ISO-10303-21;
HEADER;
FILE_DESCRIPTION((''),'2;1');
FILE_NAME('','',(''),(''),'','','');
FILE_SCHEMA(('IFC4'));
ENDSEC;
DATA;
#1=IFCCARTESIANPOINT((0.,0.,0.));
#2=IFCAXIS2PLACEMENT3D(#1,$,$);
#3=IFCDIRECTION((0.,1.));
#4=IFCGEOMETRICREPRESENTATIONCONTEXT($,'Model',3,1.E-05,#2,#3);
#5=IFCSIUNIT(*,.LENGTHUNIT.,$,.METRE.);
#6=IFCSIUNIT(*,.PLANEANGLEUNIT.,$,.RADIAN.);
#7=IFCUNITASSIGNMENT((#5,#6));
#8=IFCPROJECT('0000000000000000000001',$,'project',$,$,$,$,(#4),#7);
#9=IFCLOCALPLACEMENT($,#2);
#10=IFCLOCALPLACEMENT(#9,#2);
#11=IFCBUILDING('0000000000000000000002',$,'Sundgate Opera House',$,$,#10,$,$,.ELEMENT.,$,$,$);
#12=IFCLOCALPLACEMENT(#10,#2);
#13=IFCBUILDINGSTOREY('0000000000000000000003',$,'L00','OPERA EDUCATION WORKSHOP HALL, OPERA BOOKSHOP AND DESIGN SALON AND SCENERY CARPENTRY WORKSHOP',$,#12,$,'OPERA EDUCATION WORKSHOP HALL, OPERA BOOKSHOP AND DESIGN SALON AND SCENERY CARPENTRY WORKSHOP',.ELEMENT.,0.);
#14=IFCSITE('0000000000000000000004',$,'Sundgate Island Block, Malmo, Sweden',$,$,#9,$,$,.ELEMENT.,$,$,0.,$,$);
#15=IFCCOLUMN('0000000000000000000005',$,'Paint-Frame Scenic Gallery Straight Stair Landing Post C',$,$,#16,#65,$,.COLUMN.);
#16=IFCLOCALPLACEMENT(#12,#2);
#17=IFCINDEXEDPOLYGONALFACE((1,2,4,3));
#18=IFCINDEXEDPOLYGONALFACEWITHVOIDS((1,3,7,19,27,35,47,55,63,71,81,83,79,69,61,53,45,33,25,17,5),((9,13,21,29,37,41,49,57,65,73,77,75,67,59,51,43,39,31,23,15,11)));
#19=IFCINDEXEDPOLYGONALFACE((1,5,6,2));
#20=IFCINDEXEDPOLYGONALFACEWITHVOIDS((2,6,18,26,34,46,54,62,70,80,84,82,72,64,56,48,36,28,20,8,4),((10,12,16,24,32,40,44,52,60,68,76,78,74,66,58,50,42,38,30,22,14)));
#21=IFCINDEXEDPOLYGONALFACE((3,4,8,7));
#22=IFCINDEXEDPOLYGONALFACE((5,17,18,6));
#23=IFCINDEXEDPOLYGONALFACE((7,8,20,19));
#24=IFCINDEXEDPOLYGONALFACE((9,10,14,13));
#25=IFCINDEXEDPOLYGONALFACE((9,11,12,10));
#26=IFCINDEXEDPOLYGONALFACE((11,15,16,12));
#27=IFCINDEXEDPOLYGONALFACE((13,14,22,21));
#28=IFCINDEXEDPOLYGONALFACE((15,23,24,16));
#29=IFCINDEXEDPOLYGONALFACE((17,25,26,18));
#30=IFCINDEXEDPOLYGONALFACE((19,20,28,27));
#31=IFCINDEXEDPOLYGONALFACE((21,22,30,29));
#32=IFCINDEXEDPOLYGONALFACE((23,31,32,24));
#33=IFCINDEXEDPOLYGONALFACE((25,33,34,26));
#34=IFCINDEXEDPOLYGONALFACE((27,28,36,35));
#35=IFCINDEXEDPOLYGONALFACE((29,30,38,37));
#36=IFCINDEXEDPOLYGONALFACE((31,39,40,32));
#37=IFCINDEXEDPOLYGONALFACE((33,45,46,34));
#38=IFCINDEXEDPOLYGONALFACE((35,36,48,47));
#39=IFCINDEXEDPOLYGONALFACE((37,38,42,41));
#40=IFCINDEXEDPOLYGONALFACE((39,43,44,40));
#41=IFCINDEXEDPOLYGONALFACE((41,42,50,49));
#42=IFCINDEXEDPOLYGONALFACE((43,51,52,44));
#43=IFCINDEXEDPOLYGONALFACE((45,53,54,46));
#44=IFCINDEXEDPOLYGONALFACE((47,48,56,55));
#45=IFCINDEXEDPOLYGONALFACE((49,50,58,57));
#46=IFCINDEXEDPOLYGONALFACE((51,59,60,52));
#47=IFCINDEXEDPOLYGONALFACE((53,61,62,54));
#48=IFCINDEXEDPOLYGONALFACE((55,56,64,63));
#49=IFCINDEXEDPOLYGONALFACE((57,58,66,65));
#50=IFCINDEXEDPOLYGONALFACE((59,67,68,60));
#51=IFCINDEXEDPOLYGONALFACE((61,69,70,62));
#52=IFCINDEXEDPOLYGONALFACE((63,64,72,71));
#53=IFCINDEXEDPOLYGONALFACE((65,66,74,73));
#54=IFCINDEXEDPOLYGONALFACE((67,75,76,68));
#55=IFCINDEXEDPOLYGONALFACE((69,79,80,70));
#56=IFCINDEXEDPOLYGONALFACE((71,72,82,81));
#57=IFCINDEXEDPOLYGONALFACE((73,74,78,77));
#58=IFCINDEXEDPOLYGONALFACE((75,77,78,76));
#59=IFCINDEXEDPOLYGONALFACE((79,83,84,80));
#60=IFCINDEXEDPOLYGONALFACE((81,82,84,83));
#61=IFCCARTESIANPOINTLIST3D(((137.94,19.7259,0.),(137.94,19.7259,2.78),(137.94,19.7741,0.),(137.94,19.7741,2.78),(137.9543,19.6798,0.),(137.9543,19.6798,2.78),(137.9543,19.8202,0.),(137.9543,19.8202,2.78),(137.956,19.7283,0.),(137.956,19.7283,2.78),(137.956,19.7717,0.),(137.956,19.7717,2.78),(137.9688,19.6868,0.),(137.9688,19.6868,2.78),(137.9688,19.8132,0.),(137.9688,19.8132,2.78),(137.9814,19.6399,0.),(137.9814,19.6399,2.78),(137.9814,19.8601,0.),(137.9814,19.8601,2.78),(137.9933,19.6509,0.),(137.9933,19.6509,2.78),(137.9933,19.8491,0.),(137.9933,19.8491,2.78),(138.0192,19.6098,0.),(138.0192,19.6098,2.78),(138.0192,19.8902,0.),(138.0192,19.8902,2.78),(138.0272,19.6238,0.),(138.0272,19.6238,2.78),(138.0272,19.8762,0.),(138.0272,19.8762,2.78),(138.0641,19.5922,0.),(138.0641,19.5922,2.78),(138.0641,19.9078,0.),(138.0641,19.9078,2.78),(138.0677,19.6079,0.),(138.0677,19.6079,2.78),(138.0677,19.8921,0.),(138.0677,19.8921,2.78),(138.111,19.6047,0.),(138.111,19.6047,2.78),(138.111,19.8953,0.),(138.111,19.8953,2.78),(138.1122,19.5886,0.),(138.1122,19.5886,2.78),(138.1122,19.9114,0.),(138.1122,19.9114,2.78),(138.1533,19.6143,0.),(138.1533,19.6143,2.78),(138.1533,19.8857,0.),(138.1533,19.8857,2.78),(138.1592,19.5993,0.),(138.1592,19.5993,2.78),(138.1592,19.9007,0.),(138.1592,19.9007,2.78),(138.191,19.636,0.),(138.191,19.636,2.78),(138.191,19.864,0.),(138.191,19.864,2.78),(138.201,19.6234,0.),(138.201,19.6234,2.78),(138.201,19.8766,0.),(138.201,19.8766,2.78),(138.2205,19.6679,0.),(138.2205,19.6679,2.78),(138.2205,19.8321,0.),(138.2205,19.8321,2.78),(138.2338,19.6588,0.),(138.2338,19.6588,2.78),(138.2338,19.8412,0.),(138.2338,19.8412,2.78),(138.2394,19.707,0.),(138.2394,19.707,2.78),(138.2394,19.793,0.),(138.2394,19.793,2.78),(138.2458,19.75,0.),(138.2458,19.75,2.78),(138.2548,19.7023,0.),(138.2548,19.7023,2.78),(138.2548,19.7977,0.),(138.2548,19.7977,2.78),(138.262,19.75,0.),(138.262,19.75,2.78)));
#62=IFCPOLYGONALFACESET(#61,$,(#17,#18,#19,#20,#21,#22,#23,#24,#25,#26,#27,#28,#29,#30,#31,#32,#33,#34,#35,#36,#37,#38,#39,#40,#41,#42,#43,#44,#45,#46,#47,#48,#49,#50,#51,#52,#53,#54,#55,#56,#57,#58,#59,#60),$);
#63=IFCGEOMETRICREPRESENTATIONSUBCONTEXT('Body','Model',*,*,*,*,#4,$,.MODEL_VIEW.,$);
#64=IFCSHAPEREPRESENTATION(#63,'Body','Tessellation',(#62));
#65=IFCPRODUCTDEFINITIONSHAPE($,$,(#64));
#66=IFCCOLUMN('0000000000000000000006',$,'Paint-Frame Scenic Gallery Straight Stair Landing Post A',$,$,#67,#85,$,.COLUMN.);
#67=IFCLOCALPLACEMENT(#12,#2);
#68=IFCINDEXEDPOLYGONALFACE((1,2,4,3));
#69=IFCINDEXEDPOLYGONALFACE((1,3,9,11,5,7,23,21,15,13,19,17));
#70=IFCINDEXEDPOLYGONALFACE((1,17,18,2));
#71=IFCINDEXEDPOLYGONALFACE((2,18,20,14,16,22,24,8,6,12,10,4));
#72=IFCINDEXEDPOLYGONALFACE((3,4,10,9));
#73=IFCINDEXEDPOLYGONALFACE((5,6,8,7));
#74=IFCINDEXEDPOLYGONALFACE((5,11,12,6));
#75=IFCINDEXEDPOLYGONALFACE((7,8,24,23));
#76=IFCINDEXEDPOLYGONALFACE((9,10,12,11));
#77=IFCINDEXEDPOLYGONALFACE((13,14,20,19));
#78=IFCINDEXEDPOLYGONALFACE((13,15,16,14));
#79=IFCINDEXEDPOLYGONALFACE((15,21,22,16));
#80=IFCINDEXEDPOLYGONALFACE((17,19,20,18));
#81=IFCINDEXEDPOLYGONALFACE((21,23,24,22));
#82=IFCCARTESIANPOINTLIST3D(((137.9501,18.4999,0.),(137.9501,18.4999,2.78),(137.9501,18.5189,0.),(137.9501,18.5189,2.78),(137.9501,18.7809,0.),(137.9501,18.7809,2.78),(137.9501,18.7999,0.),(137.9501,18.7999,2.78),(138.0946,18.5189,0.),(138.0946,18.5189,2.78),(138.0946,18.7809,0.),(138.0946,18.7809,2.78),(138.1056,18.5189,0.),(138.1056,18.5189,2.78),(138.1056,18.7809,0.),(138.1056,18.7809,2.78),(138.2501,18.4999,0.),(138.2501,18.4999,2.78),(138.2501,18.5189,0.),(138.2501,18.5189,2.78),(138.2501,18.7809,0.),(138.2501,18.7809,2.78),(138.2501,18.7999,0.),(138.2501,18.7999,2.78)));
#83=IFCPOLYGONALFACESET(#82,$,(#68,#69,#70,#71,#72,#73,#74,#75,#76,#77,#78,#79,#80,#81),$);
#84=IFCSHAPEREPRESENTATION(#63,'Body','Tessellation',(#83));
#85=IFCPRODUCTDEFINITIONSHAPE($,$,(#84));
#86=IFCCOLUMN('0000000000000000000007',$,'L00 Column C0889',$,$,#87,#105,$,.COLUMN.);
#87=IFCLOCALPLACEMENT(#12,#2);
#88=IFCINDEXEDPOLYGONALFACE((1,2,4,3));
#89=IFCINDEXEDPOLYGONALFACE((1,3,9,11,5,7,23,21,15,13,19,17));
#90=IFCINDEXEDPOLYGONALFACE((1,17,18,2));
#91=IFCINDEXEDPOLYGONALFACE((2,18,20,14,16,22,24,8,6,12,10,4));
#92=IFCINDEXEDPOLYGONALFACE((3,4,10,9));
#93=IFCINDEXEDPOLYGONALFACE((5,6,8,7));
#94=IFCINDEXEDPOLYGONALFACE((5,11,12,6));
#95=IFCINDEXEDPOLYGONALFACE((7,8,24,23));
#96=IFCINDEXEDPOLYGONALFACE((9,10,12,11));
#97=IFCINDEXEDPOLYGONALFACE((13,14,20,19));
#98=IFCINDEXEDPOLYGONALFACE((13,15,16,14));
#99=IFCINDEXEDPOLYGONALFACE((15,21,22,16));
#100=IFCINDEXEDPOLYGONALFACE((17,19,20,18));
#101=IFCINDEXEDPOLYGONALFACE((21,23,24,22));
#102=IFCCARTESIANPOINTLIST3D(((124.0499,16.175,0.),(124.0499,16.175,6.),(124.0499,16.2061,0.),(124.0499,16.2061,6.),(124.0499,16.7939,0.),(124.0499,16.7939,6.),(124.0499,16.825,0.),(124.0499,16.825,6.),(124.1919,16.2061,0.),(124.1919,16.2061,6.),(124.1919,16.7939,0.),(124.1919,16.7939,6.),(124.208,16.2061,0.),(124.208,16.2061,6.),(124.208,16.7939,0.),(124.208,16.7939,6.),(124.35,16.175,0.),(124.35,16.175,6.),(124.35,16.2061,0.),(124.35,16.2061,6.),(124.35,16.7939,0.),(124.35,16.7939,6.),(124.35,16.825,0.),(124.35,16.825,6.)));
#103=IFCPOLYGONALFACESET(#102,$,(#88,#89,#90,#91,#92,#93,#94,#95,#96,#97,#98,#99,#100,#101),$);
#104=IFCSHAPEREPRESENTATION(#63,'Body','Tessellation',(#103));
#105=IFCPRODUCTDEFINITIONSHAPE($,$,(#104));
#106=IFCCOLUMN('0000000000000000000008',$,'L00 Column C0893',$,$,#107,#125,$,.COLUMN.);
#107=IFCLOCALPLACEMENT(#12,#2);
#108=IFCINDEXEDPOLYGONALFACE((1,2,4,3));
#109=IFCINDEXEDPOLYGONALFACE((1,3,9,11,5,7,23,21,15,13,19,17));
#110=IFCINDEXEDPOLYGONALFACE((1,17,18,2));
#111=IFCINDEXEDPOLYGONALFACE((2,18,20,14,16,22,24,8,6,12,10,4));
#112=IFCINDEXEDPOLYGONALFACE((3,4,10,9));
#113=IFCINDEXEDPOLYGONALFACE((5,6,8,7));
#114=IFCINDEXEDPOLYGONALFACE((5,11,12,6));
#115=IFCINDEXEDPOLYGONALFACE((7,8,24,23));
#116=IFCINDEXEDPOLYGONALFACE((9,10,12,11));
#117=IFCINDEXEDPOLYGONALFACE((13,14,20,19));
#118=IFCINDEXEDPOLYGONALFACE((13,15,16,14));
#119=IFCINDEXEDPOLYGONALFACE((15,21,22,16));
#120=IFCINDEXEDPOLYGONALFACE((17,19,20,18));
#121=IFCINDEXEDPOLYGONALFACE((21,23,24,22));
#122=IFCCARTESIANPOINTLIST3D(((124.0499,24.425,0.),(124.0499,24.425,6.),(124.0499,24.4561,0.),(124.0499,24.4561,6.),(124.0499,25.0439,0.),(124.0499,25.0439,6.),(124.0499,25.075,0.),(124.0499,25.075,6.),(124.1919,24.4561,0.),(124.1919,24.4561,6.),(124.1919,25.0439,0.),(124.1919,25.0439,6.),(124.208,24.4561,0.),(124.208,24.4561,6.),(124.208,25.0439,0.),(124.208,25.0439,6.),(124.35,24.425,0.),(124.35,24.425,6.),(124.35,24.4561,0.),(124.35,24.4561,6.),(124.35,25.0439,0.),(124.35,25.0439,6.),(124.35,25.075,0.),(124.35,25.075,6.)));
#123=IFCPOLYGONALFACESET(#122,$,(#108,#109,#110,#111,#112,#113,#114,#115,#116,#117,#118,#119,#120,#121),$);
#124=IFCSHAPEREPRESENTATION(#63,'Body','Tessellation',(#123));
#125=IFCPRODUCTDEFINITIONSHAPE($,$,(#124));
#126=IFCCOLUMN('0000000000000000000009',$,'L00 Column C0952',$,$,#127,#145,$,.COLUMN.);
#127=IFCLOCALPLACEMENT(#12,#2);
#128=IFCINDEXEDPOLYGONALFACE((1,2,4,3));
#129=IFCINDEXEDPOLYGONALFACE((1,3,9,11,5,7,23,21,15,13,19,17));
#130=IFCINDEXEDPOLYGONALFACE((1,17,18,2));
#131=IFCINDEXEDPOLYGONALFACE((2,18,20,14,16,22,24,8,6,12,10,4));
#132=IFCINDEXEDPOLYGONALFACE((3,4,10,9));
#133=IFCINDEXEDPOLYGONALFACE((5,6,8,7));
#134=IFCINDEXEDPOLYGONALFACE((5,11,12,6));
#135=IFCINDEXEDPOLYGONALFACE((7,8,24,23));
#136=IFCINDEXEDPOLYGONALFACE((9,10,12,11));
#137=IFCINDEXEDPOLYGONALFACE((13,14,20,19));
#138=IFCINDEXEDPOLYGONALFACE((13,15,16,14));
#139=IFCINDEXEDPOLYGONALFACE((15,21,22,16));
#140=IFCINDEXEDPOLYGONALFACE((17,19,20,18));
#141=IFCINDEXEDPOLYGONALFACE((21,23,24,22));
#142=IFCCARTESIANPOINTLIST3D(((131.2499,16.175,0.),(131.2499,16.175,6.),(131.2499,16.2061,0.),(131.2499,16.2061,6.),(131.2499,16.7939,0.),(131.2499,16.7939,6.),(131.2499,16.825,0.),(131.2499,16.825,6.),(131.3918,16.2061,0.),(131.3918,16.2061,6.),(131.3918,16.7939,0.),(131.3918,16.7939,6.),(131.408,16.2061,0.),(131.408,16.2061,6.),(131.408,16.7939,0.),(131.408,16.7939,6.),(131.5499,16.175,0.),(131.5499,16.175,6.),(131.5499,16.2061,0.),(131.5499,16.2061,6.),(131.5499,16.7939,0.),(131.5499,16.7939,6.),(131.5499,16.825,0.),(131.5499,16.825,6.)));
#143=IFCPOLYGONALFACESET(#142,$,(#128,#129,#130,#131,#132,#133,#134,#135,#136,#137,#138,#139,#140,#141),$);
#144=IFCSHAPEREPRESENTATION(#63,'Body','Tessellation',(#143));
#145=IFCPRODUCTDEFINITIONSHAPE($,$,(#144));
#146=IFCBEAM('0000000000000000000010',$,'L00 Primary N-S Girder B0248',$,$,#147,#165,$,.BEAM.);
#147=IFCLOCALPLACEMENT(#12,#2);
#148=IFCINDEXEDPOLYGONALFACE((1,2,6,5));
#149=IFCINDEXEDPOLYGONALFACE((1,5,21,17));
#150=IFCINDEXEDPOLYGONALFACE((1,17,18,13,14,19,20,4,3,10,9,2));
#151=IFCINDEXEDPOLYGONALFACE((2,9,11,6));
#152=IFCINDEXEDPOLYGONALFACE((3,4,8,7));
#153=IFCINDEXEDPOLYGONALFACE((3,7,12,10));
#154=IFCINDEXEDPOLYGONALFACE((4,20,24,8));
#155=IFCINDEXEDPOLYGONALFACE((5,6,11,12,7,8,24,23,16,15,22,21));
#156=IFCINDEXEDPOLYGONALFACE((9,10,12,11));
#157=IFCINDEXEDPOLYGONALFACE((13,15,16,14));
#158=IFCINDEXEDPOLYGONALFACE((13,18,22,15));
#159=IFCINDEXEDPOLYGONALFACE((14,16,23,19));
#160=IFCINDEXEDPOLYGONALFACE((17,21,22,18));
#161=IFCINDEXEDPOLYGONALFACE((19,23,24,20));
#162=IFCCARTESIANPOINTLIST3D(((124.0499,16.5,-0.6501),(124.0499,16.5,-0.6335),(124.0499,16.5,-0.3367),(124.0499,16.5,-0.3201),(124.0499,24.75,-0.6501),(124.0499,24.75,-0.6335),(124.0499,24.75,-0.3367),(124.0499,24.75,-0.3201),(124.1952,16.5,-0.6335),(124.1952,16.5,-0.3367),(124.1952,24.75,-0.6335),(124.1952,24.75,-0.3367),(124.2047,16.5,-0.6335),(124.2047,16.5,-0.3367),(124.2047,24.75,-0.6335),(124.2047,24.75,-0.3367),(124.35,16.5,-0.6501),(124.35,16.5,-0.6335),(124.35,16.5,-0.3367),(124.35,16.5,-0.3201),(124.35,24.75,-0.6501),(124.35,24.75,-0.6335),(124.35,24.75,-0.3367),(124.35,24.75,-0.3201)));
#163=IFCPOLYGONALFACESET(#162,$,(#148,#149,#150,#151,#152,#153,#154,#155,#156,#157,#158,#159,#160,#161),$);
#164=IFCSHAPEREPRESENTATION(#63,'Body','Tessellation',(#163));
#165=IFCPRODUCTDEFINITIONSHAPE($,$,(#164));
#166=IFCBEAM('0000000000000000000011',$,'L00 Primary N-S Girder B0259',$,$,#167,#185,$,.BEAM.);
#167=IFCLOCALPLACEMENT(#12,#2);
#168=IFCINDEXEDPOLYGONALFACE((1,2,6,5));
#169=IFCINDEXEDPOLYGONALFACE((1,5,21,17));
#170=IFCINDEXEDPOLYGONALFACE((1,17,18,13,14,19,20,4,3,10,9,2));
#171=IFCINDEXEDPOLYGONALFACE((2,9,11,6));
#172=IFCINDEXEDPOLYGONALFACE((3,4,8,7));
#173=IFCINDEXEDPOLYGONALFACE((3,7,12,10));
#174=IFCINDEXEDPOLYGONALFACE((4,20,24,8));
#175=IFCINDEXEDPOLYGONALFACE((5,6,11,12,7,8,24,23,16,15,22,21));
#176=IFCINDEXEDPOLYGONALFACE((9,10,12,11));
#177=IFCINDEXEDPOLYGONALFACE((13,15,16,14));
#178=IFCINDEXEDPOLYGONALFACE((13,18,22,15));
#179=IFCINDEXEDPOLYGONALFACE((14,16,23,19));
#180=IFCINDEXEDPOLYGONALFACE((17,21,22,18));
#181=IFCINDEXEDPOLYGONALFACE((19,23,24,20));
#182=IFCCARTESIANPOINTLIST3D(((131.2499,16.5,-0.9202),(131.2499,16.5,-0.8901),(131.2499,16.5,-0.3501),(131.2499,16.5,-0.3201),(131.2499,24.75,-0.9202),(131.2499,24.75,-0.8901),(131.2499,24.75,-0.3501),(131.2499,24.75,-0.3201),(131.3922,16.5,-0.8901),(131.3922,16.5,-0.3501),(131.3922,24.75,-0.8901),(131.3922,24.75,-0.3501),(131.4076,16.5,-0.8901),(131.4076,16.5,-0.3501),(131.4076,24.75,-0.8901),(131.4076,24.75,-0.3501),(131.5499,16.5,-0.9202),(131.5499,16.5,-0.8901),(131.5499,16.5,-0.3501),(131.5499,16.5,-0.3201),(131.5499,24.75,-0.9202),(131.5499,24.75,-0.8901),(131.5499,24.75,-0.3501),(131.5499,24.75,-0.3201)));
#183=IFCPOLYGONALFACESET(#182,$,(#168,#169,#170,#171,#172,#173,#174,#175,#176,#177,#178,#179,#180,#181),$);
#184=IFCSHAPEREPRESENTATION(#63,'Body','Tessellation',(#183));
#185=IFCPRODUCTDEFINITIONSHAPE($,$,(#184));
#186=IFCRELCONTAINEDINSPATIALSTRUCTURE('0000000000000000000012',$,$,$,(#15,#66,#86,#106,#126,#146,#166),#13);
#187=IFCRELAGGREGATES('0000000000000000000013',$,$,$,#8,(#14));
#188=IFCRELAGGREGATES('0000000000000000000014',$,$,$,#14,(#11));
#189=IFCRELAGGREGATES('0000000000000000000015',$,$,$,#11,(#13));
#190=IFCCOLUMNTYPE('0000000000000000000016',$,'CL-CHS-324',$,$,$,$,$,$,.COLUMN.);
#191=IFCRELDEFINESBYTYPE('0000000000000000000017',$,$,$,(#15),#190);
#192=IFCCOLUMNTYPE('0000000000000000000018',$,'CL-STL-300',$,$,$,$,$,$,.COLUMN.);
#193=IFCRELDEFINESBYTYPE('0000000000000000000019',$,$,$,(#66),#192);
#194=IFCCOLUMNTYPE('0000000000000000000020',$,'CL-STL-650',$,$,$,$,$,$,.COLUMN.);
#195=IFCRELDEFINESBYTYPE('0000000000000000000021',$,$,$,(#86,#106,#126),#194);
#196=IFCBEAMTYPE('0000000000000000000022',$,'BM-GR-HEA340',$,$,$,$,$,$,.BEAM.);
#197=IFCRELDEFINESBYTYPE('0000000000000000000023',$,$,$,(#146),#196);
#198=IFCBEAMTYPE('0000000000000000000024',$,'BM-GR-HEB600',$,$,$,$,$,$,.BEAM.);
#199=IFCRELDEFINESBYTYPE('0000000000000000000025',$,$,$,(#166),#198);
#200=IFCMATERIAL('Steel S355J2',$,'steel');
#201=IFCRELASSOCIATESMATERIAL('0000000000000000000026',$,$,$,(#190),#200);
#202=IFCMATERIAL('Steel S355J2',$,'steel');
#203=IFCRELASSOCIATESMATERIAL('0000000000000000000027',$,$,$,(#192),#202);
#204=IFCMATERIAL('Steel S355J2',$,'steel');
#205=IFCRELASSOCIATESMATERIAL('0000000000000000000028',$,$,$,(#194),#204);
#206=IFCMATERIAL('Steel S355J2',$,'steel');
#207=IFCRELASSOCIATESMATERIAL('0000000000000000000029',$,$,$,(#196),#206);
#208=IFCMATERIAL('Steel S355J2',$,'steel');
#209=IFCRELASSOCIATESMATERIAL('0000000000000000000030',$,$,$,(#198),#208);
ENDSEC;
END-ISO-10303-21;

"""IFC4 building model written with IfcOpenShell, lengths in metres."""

from ifc_helpers import new_model, si_unit, direction, frame, origin, origin_2d, place, context, subcontext, project, spatial, hollow_circle, i_section, extrude, material, material_profile, profile_set, type_object, element, save


model = new_model("IFC4")

# Units and contexts
model_context = context("Model", 3, precision=1e-05, world=origin(), true_north=direction((0.0, 1.0)))
body_context = subcontext(model_context, "Body", "Model", "MODEL_VIEW")
ifc_project = project(units=[si_unit("LENGTHUNIT", "METRE"), si_unit("PLANEANGLEUNIT", "RADIAN")], contexts=[model_context])

# Site, building, storey
site_placement = place(None, origin())
site = spatial("IfcSite", under=ifc_project, at=site_placement, Name="Sundgate Island Block, Malmo, Sweden", CompositionType="ELEMENT", RefElevation=0.0)
building_placement = place(site_placement, origin())
building = spatial("IfcBuilding", under=site, at=building_placement, Name="Sundgate Opera House", CompositionType="ELEMENT")
storey_placement = place(building_placement, origin())
storey = spatial("IfcBuildingStorey", under=building, at=storey_placement, Name="L00", Description="OPERA EDUCATION WORKSHOP HALL, OPERA BOOKSHOP AND DESIGN SALON AND SCENERY CARPENTRY WORKSHOP", LongName="OPERA EDUCATION WORKSHOP HALL, OPERA BOOKSHOP AND DESIGN SALON AND SCENERY CARPENTRY WORKSHOP", CompositionType="ELEMENT", Elevation=0.0)

# Columns
ifc_material_1 = material(Name="Steel S355J2", Category="steel")
ifc_material_profile_1 = material_profile(ifc_material_1, hollow_circle(Radius=0.1619, WallThickness=0.0161, at=origin_2d()), Name="CHS 323.9x16.0")
ifc_profile_set_1 = profile_set([ifc_material_profile_1], Name="Steel S355J2")
column_type_1 = type_object("IfcColumnType", Name="CL-CHS-324", PredefinedType="COLUMN", material=ifc_profile_set_1)
column_1_placement = place(storey_placement, frame((138.1001, 19.75, 0.0), z_axis=(0.0, 0.0, 1.0), x_axis=(1.0, 0.0, 0.0)))
element("IfcColumn", 1, at=column_1_placement, inside=storey, type_object=column_type_1, Name="Paint-Frame Scenic Gallery Straight Stair Landing Post C", PredefinedType="COLUMN", context=body_context, shape_type="SweptSolid", body=[
    extrude(hollow_circle(Radius=0.1619, WallThickness=0.0161, at=origin_2d()), origin(), (0.0, 0.0, 1.0), 2.78),
])
ifc_material_2 = material(Name="Steel S355J2", Category="steel")
ifc_material_profile_2 = material_profile(ifc_material_2, i_section(OverallWidth=0.3, OverallDepth=0.3, WebThickness=0.011, FlangeThickness=0.019, at=origin_2d()), Name="HEB 300")
ifc_profile_set_2 = profile_set([ifc_material_profile_2], Name="Steel S355J2")
column_type_2 = type_object("IfcColumnType", Name="CL-STL-300", PredefinedType="COLUMN", material=ifc_profile_set_2)
column_2_placement = place(storey_placement, frame((138.1001, 18.6499, 0.0), z_axis=(0.0, 0.0, 1.0), x_axis=(1.0, 0.0, 0.0)))
element("IfcColumn", 2, at=column_2_placement, inside=storey, type_object=column_type_2, Name="Paint-Frame Scenic Gallery Straight Stair Landing Post A", PredefinedType="COLUMN", context=body_context, shape_type="SweptSolid", body=[
    extrude(i_section(OverallWidth=0.3, OverallDepth=0.3, WebThickness=0.011, FlangeThickness=0.019, at=origin_2d()), origin(), (0.0, 0.0, 1.0), 2.78),
])
ifc_material_3 = material(Name="Steel S355J2", Category="steel")
ifc_material_profile_3 = material_profile(ifc_material_3, i_section(OverallWidth=0.3, OverallDepth=0.6499, WebThickness=0.0161, FlangeThickness=0.031, at=origin_2d()), Name="HEB 650")
ifc_profile_set_3 = profile_set([ifc_material_profile_3], Name="Steel S355J2")
column_type_3 = type_object("IfcColumnType", Name="CL-STL-650", PredefinedType="COLUMN", material=ifc_profile_set_3)
for number, where, z_axis, x_axis, name in (
    (3, (124.2, 16.5, 0.0), (0.0, 0.0, 1.0), (1.0, 0.0, 0.0), "L00 Column C0889"),
    (4, (124.2, 24.75, 0.0), (0.0, 0.0, 1.0), (1.0, 0.0, 0.0), "L00 Column C0893"),
    (5, (131.3999, 16.5, 0.0), (0.0, 0.0, 1.0), (1.0, 0.0, 0.0), "L00 Column C0952"),
):
    element("IfcColumn", number, at=place(storey_placement, frame(where, z_axis=z_axis, x_axis=x_axis)), inside=storey, type_object=column_type_3, Name=name, PredefinedType="COLUMN", context=body_context, shape_type="SweptSolid", body=[
        extrude(i_section(OverallWidth=0.3, OverallDepth=0.6499, WebThickness=0.0161, FlangeThickness=0.031, at=origin_2d()), origin(), (0.0, 0.0, 1.0), 6.0),
    ])

# Beams
ifc_material_4 = material(Name="Steel S355J2", Category="steel")
ifc_material_profile_4 = material_profile(ifc_material_4, i_section(OverallWidth=0.3, OverallDepth=0.3301, WebThickness=0.0095, FlangeThickness=0.0166, at=origin_2d()), Name="HEA 340")
ifc_profile_set_4 = profile_set([ifc_material_profile_4], Name="Steel S355J2")
beam_type_1 = type_object("IfcBeamType", Name="BM-GR-HEA340", PredefinedType="BEAM", material=ifc_profile_set_4)
beam_1_placement = place(storey_placement, frame((124.2, 16.5, -0.4851), z_axis=(0.0, 1.0, 0.0), x_axis=(-1.0, 0.0, 0.0)))
element("IfcBeam", 6, at=beam_1_placement, inside=storey, type_object=beam_type_1, Name="L00 Primary N-S Girder B0248", PredefinedType="BEAM", context=body_context, shape_type="SweptSolid", body=[
    extrude(i_section(OverallWidth=0.3, OverallDepth=0.3301, WebThickness=0.0095, FlangeThickness=0.0166, at=origin_2d()), origin(), (0.0, 0.0, 1.0), 8.25),
])
ifc_material_5 = material(Name="Steel S355J2", Category="steel")
ifc_material_profile_5 = material_profile(ifc_material_5, i_section(OverallWidth=0.3, OverallDepth=0.6001, WebThickness=0.0154, FlangeThickness=0.03, at=origin_2d()), Name="HEB 600")
ifc_profile_set_5 = profile_set([ifc_material_profile_5], Name="Steel S355J2")
beam_type_2 = type_object("IfcBeamType", Name="BM-GR-HEB600", PredefinedType="BEAM", material=ifc_profile_set_5)
beam_2_placement = place(storey_placement, frame((131.3999, 16.5, -0.6201), z_axis=(0.0, 1.0, 0.0), x_axis=(-1.0, 0.0, 0.0)))
element("IfcBeam", 7, at=beam_2_placement, inside=storey, type_object=beam_type_2, Name="L00 Primary N-S Girder B0259", PredefinedType="BEAM", context=body_context, shape_type="SweptSolid", body=[
    extrude(i_section(OverallWidth=0.3, OverallDepth=0.6001, WebThickness=0.0154, FlangeThickness=0.03, at=origin_2d()), origin(), (0.0, 0.0, 1.0), 8.25),
])

save(model, "model.ifc")
